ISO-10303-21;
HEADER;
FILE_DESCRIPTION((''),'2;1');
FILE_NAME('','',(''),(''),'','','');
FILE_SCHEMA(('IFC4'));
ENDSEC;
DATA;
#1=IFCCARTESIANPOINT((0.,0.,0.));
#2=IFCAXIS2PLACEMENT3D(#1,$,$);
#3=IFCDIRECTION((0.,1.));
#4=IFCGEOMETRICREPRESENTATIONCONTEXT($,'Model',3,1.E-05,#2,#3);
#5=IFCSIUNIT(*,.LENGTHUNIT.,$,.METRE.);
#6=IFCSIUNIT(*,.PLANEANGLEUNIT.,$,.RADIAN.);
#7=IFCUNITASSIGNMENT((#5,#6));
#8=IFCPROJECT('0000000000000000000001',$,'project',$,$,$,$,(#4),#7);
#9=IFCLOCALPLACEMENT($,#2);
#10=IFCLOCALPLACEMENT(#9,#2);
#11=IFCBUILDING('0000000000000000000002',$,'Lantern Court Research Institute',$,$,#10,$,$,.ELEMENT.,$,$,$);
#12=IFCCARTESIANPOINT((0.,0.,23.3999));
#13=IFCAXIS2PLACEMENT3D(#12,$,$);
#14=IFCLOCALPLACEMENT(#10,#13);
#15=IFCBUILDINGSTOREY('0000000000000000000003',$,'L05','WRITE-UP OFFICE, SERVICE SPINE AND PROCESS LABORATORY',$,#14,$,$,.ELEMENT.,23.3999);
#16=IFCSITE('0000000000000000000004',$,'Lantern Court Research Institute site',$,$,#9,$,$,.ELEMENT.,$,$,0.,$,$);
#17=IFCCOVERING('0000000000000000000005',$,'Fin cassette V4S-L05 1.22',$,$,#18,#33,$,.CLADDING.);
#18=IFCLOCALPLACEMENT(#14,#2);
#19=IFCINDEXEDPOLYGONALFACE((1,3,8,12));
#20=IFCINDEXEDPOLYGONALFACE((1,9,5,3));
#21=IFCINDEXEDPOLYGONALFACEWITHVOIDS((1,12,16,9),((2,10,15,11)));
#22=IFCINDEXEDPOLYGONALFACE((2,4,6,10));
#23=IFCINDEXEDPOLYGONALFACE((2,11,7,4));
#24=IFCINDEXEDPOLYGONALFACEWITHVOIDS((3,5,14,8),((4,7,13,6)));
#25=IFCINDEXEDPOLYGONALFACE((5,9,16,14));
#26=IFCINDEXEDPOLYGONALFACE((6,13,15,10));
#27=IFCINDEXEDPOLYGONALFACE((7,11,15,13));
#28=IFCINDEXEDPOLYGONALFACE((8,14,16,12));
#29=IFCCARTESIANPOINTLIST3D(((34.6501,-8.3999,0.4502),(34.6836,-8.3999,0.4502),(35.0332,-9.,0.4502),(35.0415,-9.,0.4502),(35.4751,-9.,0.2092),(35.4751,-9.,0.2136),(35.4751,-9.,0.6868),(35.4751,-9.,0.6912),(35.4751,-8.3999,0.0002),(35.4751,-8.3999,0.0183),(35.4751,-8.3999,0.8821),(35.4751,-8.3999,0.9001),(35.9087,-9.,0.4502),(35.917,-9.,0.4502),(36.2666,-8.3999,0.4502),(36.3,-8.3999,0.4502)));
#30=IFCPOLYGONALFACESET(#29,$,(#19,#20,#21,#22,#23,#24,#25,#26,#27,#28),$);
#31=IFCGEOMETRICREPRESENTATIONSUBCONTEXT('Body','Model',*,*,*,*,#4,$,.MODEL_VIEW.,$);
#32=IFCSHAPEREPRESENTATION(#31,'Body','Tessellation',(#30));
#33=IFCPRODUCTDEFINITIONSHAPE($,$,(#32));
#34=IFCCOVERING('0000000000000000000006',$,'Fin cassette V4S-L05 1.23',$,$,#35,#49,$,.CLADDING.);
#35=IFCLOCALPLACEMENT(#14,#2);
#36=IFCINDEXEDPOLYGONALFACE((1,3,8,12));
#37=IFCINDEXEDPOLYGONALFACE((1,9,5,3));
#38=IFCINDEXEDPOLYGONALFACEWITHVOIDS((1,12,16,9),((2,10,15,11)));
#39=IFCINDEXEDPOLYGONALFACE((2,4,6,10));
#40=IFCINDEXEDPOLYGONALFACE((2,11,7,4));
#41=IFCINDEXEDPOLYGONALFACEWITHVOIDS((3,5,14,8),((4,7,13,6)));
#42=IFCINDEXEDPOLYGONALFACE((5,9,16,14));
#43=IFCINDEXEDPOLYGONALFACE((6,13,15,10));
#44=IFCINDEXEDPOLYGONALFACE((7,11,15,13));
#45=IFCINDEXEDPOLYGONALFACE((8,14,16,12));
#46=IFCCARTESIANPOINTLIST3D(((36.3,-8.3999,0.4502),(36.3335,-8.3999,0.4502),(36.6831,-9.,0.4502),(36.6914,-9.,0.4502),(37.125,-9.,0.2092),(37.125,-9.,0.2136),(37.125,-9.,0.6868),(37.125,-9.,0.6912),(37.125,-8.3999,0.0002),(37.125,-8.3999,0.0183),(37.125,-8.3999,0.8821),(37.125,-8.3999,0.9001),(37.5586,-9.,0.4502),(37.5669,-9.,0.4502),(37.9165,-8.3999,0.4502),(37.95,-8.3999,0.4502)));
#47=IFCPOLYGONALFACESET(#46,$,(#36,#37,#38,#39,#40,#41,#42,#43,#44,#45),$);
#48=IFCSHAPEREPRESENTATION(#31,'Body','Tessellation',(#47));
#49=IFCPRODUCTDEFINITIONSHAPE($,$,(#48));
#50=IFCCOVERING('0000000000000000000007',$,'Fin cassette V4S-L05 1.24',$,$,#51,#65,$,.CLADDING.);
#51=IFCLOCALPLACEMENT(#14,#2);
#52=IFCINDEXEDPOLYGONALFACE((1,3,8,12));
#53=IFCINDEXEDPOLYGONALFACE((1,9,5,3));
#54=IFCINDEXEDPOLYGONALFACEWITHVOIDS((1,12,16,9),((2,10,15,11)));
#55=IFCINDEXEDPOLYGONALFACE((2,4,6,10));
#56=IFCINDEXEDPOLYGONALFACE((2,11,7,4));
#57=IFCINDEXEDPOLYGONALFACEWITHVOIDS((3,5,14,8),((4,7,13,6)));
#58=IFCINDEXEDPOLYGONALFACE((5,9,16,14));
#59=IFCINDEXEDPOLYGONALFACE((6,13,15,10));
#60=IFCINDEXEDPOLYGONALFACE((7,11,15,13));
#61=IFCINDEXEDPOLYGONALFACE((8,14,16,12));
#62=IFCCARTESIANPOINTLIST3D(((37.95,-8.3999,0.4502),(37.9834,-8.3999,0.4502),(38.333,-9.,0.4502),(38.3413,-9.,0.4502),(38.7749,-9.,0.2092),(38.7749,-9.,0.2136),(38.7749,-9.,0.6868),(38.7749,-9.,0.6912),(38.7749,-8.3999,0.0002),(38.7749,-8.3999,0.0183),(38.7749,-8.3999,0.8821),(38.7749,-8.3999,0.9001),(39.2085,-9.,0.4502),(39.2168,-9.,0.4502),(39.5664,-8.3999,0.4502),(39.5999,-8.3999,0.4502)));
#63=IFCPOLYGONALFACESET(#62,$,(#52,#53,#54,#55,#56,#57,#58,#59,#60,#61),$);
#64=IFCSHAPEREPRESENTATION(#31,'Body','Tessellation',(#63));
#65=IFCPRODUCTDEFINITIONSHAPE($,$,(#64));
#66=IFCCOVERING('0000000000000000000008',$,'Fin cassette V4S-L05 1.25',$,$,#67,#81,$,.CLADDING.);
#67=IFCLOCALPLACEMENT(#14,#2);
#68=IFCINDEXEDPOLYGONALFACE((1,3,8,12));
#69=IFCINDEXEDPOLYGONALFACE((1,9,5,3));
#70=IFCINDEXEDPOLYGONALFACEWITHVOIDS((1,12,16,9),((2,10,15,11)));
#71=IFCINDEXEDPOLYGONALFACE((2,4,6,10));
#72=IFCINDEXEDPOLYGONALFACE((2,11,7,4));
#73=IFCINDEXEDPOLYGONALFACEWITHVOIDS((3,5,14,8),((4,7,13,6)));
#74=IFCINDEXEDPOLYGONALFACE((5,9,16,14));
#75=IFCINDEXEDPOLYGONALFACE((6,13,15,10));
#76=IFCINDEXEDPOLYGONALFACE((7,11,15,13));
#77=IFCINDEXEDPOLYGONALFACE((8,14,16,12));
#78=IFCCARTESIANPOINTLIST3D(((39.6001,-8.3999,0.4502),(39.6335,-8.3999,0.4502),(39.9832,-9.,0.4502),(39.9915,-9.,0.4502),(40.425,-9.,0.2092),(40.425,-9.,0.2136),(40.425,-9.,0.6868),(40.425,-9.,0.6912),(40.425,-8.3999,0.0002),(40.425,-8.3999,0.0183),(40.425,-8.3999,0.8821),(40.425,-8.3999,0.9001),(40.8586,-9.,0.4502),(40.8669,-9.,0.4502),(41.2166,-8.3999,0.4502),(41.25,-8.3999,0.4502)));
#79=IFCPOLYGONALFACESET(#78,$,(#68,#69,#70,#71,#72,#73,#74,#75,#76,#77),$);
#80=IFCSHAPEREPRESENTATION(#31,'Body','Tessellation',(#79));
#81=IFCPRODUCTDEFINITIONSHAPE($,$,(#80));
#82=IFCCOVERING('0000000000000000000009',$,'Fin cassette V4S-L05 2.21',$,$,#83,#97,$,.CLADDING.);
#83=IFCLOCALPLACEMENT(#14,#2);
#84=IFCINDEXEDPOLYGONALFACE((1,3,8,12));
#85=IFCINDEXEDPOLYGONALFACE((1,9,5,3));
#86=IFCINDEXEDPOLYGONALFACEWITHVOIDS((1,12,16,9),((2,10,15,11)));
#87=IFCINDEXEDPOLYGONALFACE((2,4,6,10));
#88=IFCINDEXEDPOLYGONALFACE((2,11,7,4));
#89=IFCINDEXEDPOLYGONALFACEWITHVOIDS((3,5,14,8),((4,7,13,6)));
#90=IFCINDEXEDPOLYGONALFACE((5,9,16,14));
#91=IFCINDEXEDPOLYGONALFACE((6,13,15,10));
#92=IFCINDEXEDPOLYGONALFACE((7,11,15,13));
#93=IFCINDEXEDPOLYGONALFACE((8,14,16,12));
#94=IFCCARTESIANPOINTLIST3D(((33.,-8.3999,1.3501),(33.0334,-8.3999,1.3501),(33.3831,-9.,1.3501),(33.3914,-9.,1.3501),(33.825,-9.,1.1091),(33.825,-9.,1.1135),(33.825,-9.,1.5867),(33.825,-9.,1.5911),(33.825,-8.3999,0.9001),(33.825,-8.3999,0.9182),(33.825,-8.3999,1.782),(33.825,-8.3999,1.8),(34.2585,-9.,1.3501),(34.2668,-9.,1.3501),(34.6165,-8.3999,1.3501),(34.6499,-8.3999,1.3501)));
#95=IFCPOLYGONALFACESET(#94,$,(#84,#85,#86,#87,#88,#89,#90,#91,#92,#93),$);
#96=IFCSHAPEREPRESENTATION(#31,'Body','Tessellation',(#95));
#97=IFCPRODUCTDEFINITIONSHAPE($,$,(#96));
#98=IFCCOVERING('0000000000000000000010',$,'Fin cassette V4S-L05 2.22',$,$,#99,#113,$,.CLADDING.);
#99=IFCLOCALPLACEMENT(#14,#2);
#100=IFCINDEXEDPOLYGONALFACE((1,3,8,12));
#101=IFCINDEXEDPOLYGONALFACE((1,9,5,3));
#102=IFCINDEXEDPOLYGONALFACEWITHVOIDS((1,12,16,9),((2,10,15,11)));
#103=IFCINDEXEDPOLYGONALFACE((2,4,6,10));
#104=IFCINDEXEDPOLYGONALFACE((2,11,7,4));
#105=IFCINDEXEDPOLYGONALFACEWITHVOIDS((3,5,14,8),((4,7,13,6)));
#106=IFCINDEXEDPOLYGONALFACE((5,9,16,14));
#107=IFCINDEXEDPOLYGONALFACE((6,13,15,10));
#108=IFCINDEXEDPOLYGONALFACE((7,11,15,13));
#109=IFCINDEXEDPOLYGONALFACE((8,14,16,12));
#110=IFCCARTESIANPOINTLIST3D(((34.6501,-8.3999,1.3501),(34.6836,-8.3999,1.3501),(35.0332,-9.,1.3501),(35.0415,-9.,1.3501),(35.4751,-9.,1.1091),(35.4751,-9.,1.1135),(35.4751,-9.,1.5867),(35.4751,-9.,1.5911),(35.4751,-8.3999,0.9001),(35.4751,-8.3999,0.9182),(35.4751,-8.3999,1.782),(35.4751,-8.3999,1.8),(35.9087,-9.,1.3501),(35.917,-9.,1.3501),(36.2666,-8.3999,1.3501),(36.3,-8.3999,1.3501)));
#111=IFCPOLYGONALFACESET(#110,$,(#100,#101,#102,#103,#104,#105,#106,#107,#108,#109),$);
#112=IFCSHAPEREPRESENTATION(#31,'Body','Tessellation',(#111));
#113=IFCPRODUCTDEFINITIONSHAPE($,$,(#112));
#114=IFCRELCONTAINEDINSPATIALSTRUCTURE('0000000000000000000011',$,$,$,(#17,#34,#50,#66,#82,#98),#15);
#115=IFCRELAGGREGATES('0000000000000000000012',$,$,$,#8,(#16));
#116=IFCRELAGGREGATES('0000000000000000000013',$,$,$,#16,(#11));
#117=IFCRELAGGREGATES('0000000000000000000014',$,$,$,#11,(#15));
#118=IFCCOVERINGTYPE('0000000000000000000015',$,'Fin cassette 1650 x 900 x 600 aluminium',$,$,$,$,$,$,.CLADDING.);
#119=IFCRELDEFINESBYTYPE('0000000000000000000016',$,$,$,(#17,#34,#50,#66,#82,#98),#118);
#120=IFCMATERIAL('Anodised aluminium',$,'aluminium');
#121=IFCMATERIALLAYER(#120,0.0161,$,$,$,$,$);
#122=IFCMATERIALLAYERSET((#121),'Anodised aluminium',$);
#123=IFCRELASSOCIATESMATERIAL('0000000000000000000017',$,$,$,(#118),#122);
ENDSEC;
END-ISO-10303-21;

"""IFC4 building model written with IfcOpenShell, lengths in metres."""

from ifc_helpers import new_model, entity, si_unit, direction, frame, origin, place, context, subcontext, project, spatial, material, layer, layer_set, type_object, element, save


model = new_model("IFC4")

# Units and contexts
model_context = context("Model", 3, precision=1e-05, world=origin(), true_north=direction((0.0, 1.0)))
body_context = subcontext(model_context, "Body", "Model", "MODEL_VIEW")
ifc_project = project(units=[si_unit("LENGTHUNIT", "METRE"), si_unit("PLANEANGLEUNIT", "RADIAN")], contexts=[model_context])

# Site, building, storey
site_placement = place(None, origin())
site = spatial("IfcSite", under=ifc_project, at=site_placement, Name="Lantern Court Research Institute site", CompositionType="ELEMENT", RefElevation=0.0)
building_placement = place(site_placement, origin())
building = spatial("IfcBuilding", under=site, at=building_placement, Name="Lantern Court Research Institute", CompositionType="ELEMENT")
storey_placement = place(building_placement, frame((0.0, 0.0, 23.3999)))
storey = spatial("IfcBuildingStorey", under=building, at=storey_placement, Name="L05", Description="WRITE-UP OFFICE, SERVICE SPINE AND PROCESS LABORATORY", CompositionType="ELEMENT", Elevation=23.3999)

# Coverings
ifc_material_1 = material(Name="Anodised aluminium", Category="aluminium")
ifc_layer_1 = layer(ifc_material_1, 0.0161)
ifc_layer_set_1 = layer_set([ifc_layer_1], Name="Anodised aluminium")
covering_type = type_object("IfcCoveringType", Name="Fin cassette 1650 x 900 x 600 aluminium", PredefinedType="CLADDING", material=ifc_layer_set_1)
covering_1_placement = place(storey_placement, frame((35.4751, -8.3999, 0.4502), z_axis=(0.0, -1.0, 0.0), x_axis=(1.0, 0.0, 0.0)))
cartesian_point_1 = entity("IfcCartesianPoint", [0.825, 0.0])
cartesian_point_2 = entity("IfcCartesianPoint", [0.7915, 0.0])
cartesian_point_3 = entity("IfcCartesianPoint", [0.4419, 0.0])
cartesian_point_4 = entity("IfcCartesianPoint", [0.4336, 0.0])
element("IfcCovering", 1, at=covering_1_placement, inside=storey, type_object=covering_type, Name="Fin cassette V4S-L05 1.22", PredefinedType="CLADDING", context=body_context, shape_type="SweptSolid", body=[
    entity("IfcExtrudedAreaSolidTapered", entity("IfcArbitraryProfileDefWithVoids", "AREA", None, entity("IfcPolyline", [cartesian_point_1, entity("IfcCartesianPoint", [0.0, 0.45]), entity("IfcCartesianPoint", [-0.825, 0.0]), entity("IfcCartesianPoint", [0.0, -0.45]), cartesian_point_1]), [entity("IfcPolyline", [cartesian_point_2, entity("IfcCartesianPoint", [0.0, 0.4319]), entity("IfcCartesianPoint", [-0.7915, 0.0]), entity("IfcCartesianPoint", [0.0, -0.4319]), cartesian_point_2])]), entity("IfcAxis2Placement3D", entity("IfcCartesianPoint", [0.0, 0.0, 0.0])), entity("IfcDirection", [0.0, 0.0, 1.0]), 0.6001, entity("IfcArbitraryProfileDefWithVoids", "AREA", None, entity("IfcPolyline", [cartesian_point_3, entity("IfcCartesianPoint", [0.0, 0.241]), entity("IfcCartesianPoint", [-0.4419, 0.0]), entity("IfcCartesianPoint", [0.0, -0.241]), cartesian_point_3]), [entity("IfcPolyline", [cartesian_point_4, entity("IfcCartesianPoint", [0.0, 0.2366]), entity("IfcCartesianPoint", [-0.4336, 0.0]), entity("IfcCartesianPoint", [0.0, -0.2366]), cartesian_point_4])])),
])
covering_2_placement = place(storey_placement, frame((37.125, -8.3999, 0.4502), z_axis=(0.0, -1.0, 0.0), x_axis=(1.0, 0.0, 0.0)))
cartesian_point_5 = entity("IfcCartesianPoint", [0.825, 0.0])
cartesian_point_6 = entity("IfcCartesianPoint", [0.7915, 0.0])
cartesian_point_7 = entity("IfcCartesianPoint", [0.4419, 0.0])
cartesian_point_8 = entity("IfcCartesianPoint", [0.4336, 0.0])
element("IfcCovering", 2, at=covering_2_placement, inside=storey, type_object=covering_type, Name="Fin cassette V4S-L05 1.23", PredefinedType="CLADDING", context=body_context, shape_type="SweptSolid", body=[
    entity("IfcExtrudedAreaSolidTapered", entity("IfcArbitraryProfileDefWithVoids", "AREA", None, entity("IfcPolyline", [cartesian_point_5, entity("IfcCartesianPoint", [0.0, 0.45]), entity("IfcCartesianPoint", [-0.825, 0.0]), entity("IfcCartesianPoint", [0.0, -0.45]), cartesian_point_5]), [entity("IfcPolyline", [cartesian_point_6, entity("IfcCartesianPoint", [0.0, 0.4319]), entity("IfcCartesianPoint", [-0.7915, 0.0]), entity("IfcCartesianPoint", [0.0, -0.4319]), cartesian_point_6])]), entity("IfcAxis2Placement3D", entity("IfcCartesianPoint", [0.0, 0.0, 0.0])), entity("IfcDirection", [0.0, 0.0, 1.0]), 0.6001, entity("IfcArbitraryProfileDefWithVoids", "AREA", None, entity("IfcPolyline", [cartesian_point_7, entity("IfcCartesianPoint", [0.0, 0.241]), entity("IfcCartesianPoint", [-0.4419, 0.0]), entity("IfcCartesianPoint", [0.0, -0.241]), cartesian_point_7]), [entity("IfcPolyline", [cartesian_point_8, entity("IfcCartesianPoint", [0.0, 0.2366]), entity("IfcCartesianPoint", [-0.4336, 0.0]), entity("IfcCartesianPoint", [0.0, -0.2366]), cartesian_point_8])])),
])
covering_3_placement = place(storey_placement, frame((38.7749, -8.3999, 0.4502), z_axis=(0.0, -1.0, 0.0), x_axis=(1.0, 0.0, 0.0)))
cartesian_point_9 = entity("IfcCartesianPoint", [0.825, 0.0])
cartesian_point_10 = entity("IfcCartesianPoint", [0.7915, 0.0])
cartesian_point_11 = entity("IfcCartesianPoint", [0.4419, 0.0])
cartesian_point_12 = entity("IfcCartesianPoint", [0.4336, 0.0])
element("IfcCovering", 3, at=covering_3_placement, inside=storey, type_object=covering_type, Name="Fin cassette V4S-L05 1.24", PredefinedType="CLADDING", context=body_context, shape_type="SweptSolid", body=[
    entity("IfcExtrudedAreaSolidTapered", entity("IfcArbitraryProfileDefWithVoids", "AREA", None, entity("IfcPolyline", [cartesian_point_9, entity("IfcCartesianPoint", [0.0, 0.45]), entity("IfcCartesianPoint", [-0.825, 0.0]), entity("IfcCartesianPoint", [0.0, -0.45]), cartesian_point_9]), [entity("IfcPolyline", [cartesian_point_10, entity("IfcCartesianPoint", [0.0, 0.4319]), entity("IfcCartesianPoint", [-0.7915, 0.0]), entity("IfcCartesianPoint", [0.0, -0.4319]), cartesian_point_10])]), entity("IfcAxis2Placement3D", entity("IfcCartesianPoint", [0.0, 0.0, 0.0])), entity("IfcDirection", [0.0, 0.0, 1.0]), 0.6001, entity("IfcArbitraryProfileDefWithVoids", "AREA", None, entity("IfcPolyline", [cartesian_point_11, entity("IfcCartesianPoint", [0.0, 0.241]), entity("IfcCartesianPoint", [-0.4419, 0.0]), entity("IfcCartesianPoint", [0.0, -0.241]), cartesian_point_11]), [entity("IfcPolyline", [cartesian_point_12, entity("IfcCartesianPoint", [0.0, 0.2366]), entity("IfcCartesianPoint", [-0.4336, 0.0]), entity("IfcCartesianPoint", [0.0, -0.2366]), cartesian_point_12])])),
])
covering_4_placement = place(storey_placement, frame((40.425, -8.3999, 0.4502), z_axis=(0.0, -1.0, 0.0), x_axis=(1.0, 0.0, 0.0)))
cartesian_point_13 = entity("IfcCartesianPoint", [0.825, 0.0])
cartesian_point_14 = entity("IfcCartesianPoint", [0.7915, 0.0])
cartesian_point_15 = entity("IfcCartesianPoint", [0.4419, 0.0])
cartesian_point_16 = entity("IfcCartesianPoint", [0.4336, 0.0])
element("IfcCovering", 4, at=covering_4_placement, inside=storey, type_object=covering_type, Name="Fin cassette V4S-L05 1.25", PredefinedType="CLADDING", context=body_context, shape_type="SweptSolid", body=[
    entity("IfcExtrudedAreaSolidTapered", entity("IfcArbitraryProfileDefWithVoids", "AREA", None, entity("IfcPolyline", [cartesian_point_13, entity("IfcCartesianPoint", [0.0, 0.45]), entity("IfcCartesianPoint", [-0.825, 0.0]), entity("IfcCartesianPoint", [0.0, -0.45]), cartesian_point_13]), [entity("IfcPolyline", [cartesian_point_14, entity("IfcCartesianPoint", [0.0, 0.4319]), entity("IfcCartesianPoint", [-0.7915, 0.0]), entity("IfcCartesianPoint", [0.0, -0.4319]), cartesian_point_14])]), entity("IfcAxis2Placement3D", entity("IfcCartesianPoint", [0.0, 0.0, 0.0])), entity("IfcDirection", [0.0, 0.0, 1.0]), 0.6001, entity("IfcArbitraryProfileDefWithVoids", "AREA", None, entity("IfcPolyline", [cartesian_point_15, entity("IfcCartesianPoint", [0.0, 0.241]), entity("IfcCartesianPoint", [-0.4419, 0.0]), entity("IfcCartesianPoint", [0.0, -0.241]), cartesian_point_15]), [entity("IfcPolyline", [cartesian_point_16, entity("IfcCartesianPoint", [0.0, 0.2366]), entity("IfcCartesianPoint", [-0.4336, 0.0]), entity("IfcCartesianPoint", [0.0, -0.2366]), cartesian_point_16])])),
])
covering_5_placement = place(storey_placement, frame((33.825, -8.3999, 1.3501), z_axis=(0.0, -1.0, 0.0), x_axis=(1.0, 0.0, 0.0)))
cartesian_point_17 = entity("IfcCartesianPoint", [0.825, 0.0])
cartesian_point_18 = entity("IfcCartesianPoint", [0.7915, 0.0])
cartesian_point_19 = entity("IfcCartesianPoint", [0.4419, 0.0])
cartesian_point_20 = entity("IfcCartesianPoint", [0.4336, 0.0])
element("IfcCovering", 5, at=covering_5_placement, inside=storey, type_object=covering_type, Name="Fin cassette V4S-L05 2.21", PredefinedType="CLADDING", context=body_context, shape_type="SweptSolid", body=[
    entity("IfcExtrudedAreaSolidTapered", entity("IfcArbitraryProfileDefWithVoids", "AREA", None, entity("IfcPolyline", [cartesian_point_17, entity("IfcCartesianPoint", [0.0, 0.45]), entity("IfcCartesianPoint", [-0.825, 0.0]), entity("IfcCartesianPoint", [0.0, -0.45]), cartesian_point_17]), [entity("IfcPolyline", [cartesian_point_18, entity("IfcCartesianPoint", [0.0, 0.4319]), entity("IfcCartesianPoint", [-0.7915, 0.0]), entity("IfcCartesianPoint", [0.0, -0.4319]), cartesian_point_18])]), entity("IfcAxis2Placement3D", entity("IfcCartesianPoint", [0.0, 0.0, 0.0])), entity("IfcDirection", [0.0, 0.0, 1.0]), 0.6001, entity("IfcArbitraryProfileDefWithVoids", "AREA", None, entity("IfcPolyline", [cartesian_point_19, entity("IfcCartesianPoint", [0.0, 0.241]), entity("IfcCartesianPoint", [-0.4419, 0.0]), entity("IfcCartesianPoint", [0.0, -0.241]), cartesian_point_19]), [entity("IfcPolyline", [cartesian_point_20, entity("IfcCartesianPoint", [0.0, 0.2366]), entity("IfcCartesianPoint", [-0.4336, 0.0]), entity("IfcCartesianPoint", [0.0, -0.2366]), cartesian_point_20])])),
])
covering_6_placement = place(storey_placement, frame((35.4751, -8.3999, 1.3501), z_axis=(0.0, -1.0, 0.0), x_axis=(1.0, 0.0, 0.0)))
cartesian_point_21 = entity("IfcCartesianPoint", [0.825, 0.0])
cartesian_point_22 = entity("IfcCartesianPoint", [0.7915, 0.0])
cartesian_point_23 = entity("IfcCartesianPoint", [0.4419, 0.0])
cartesian_point_24 = entity("IfcCartesianPoint", [0.4336, 0.0])
element("IfcCovering", 6, at=covering_6_placement, inside=storey, type_object=covering_type, Name="Fin cassette V4S-L05 2.22", PredefinedType="CLADDING", context=body_context, shape_type="SweptSolid", body=[
    entity("IfcExtrudedAreaSolidTapered", entity("IfcArbitraryProfileDefWithVoids", "AREA", None, entity("IfcPolyline", [cartesian_point_21, entity("IfcCartesianPoint", [0.0, 0.45]), entity("IfcCartesianPoint", [-0.825, 0.0]), entity("IfcCartesianPoint", [0.0, -0.45]), cartesian_point_21]), [entity("IfcPolyline", [cartesian_point_22, entity("IfcCartesianPoint", [0.0, 0.4319]), entity("IfcCartesianPoint", [-0.7915, 0.0]), entity("IfcCartesianPoint", [0.0, -0.4319]), cartesian_point_22])]), entity("IfcAxis2Placement3D", entity("IfcCartesianPoint", [0.0, 0.0, 0.0])), entity("IfcDirection", [0.0, 0.0, 1.0]), 0.6001, entity("IfcArbitraryProfileDefWithVoids", "AREA", None, entity("IfcPolyline", [cartesian_point_23, entity("IfcCartesianPoint", [0.0, 0.241]), entity("IfcCartesianPoint", [-0.4419, 0.0]), entity("IfcCartesianPoint", [0.0, -0.241]), cartesian_point_23]), [entity("IfcPolyline", [cartesian_point_24, entity("IfcCartesianPoint", [0.0, 0.2366]), entity("IfcCartesianPoint", [-0.4336, 0.0]), entity("IfcCartesianPoint", [0.0, -0.2366]), cartesian_point_24])])),
])

save(model, "model.ifc")
